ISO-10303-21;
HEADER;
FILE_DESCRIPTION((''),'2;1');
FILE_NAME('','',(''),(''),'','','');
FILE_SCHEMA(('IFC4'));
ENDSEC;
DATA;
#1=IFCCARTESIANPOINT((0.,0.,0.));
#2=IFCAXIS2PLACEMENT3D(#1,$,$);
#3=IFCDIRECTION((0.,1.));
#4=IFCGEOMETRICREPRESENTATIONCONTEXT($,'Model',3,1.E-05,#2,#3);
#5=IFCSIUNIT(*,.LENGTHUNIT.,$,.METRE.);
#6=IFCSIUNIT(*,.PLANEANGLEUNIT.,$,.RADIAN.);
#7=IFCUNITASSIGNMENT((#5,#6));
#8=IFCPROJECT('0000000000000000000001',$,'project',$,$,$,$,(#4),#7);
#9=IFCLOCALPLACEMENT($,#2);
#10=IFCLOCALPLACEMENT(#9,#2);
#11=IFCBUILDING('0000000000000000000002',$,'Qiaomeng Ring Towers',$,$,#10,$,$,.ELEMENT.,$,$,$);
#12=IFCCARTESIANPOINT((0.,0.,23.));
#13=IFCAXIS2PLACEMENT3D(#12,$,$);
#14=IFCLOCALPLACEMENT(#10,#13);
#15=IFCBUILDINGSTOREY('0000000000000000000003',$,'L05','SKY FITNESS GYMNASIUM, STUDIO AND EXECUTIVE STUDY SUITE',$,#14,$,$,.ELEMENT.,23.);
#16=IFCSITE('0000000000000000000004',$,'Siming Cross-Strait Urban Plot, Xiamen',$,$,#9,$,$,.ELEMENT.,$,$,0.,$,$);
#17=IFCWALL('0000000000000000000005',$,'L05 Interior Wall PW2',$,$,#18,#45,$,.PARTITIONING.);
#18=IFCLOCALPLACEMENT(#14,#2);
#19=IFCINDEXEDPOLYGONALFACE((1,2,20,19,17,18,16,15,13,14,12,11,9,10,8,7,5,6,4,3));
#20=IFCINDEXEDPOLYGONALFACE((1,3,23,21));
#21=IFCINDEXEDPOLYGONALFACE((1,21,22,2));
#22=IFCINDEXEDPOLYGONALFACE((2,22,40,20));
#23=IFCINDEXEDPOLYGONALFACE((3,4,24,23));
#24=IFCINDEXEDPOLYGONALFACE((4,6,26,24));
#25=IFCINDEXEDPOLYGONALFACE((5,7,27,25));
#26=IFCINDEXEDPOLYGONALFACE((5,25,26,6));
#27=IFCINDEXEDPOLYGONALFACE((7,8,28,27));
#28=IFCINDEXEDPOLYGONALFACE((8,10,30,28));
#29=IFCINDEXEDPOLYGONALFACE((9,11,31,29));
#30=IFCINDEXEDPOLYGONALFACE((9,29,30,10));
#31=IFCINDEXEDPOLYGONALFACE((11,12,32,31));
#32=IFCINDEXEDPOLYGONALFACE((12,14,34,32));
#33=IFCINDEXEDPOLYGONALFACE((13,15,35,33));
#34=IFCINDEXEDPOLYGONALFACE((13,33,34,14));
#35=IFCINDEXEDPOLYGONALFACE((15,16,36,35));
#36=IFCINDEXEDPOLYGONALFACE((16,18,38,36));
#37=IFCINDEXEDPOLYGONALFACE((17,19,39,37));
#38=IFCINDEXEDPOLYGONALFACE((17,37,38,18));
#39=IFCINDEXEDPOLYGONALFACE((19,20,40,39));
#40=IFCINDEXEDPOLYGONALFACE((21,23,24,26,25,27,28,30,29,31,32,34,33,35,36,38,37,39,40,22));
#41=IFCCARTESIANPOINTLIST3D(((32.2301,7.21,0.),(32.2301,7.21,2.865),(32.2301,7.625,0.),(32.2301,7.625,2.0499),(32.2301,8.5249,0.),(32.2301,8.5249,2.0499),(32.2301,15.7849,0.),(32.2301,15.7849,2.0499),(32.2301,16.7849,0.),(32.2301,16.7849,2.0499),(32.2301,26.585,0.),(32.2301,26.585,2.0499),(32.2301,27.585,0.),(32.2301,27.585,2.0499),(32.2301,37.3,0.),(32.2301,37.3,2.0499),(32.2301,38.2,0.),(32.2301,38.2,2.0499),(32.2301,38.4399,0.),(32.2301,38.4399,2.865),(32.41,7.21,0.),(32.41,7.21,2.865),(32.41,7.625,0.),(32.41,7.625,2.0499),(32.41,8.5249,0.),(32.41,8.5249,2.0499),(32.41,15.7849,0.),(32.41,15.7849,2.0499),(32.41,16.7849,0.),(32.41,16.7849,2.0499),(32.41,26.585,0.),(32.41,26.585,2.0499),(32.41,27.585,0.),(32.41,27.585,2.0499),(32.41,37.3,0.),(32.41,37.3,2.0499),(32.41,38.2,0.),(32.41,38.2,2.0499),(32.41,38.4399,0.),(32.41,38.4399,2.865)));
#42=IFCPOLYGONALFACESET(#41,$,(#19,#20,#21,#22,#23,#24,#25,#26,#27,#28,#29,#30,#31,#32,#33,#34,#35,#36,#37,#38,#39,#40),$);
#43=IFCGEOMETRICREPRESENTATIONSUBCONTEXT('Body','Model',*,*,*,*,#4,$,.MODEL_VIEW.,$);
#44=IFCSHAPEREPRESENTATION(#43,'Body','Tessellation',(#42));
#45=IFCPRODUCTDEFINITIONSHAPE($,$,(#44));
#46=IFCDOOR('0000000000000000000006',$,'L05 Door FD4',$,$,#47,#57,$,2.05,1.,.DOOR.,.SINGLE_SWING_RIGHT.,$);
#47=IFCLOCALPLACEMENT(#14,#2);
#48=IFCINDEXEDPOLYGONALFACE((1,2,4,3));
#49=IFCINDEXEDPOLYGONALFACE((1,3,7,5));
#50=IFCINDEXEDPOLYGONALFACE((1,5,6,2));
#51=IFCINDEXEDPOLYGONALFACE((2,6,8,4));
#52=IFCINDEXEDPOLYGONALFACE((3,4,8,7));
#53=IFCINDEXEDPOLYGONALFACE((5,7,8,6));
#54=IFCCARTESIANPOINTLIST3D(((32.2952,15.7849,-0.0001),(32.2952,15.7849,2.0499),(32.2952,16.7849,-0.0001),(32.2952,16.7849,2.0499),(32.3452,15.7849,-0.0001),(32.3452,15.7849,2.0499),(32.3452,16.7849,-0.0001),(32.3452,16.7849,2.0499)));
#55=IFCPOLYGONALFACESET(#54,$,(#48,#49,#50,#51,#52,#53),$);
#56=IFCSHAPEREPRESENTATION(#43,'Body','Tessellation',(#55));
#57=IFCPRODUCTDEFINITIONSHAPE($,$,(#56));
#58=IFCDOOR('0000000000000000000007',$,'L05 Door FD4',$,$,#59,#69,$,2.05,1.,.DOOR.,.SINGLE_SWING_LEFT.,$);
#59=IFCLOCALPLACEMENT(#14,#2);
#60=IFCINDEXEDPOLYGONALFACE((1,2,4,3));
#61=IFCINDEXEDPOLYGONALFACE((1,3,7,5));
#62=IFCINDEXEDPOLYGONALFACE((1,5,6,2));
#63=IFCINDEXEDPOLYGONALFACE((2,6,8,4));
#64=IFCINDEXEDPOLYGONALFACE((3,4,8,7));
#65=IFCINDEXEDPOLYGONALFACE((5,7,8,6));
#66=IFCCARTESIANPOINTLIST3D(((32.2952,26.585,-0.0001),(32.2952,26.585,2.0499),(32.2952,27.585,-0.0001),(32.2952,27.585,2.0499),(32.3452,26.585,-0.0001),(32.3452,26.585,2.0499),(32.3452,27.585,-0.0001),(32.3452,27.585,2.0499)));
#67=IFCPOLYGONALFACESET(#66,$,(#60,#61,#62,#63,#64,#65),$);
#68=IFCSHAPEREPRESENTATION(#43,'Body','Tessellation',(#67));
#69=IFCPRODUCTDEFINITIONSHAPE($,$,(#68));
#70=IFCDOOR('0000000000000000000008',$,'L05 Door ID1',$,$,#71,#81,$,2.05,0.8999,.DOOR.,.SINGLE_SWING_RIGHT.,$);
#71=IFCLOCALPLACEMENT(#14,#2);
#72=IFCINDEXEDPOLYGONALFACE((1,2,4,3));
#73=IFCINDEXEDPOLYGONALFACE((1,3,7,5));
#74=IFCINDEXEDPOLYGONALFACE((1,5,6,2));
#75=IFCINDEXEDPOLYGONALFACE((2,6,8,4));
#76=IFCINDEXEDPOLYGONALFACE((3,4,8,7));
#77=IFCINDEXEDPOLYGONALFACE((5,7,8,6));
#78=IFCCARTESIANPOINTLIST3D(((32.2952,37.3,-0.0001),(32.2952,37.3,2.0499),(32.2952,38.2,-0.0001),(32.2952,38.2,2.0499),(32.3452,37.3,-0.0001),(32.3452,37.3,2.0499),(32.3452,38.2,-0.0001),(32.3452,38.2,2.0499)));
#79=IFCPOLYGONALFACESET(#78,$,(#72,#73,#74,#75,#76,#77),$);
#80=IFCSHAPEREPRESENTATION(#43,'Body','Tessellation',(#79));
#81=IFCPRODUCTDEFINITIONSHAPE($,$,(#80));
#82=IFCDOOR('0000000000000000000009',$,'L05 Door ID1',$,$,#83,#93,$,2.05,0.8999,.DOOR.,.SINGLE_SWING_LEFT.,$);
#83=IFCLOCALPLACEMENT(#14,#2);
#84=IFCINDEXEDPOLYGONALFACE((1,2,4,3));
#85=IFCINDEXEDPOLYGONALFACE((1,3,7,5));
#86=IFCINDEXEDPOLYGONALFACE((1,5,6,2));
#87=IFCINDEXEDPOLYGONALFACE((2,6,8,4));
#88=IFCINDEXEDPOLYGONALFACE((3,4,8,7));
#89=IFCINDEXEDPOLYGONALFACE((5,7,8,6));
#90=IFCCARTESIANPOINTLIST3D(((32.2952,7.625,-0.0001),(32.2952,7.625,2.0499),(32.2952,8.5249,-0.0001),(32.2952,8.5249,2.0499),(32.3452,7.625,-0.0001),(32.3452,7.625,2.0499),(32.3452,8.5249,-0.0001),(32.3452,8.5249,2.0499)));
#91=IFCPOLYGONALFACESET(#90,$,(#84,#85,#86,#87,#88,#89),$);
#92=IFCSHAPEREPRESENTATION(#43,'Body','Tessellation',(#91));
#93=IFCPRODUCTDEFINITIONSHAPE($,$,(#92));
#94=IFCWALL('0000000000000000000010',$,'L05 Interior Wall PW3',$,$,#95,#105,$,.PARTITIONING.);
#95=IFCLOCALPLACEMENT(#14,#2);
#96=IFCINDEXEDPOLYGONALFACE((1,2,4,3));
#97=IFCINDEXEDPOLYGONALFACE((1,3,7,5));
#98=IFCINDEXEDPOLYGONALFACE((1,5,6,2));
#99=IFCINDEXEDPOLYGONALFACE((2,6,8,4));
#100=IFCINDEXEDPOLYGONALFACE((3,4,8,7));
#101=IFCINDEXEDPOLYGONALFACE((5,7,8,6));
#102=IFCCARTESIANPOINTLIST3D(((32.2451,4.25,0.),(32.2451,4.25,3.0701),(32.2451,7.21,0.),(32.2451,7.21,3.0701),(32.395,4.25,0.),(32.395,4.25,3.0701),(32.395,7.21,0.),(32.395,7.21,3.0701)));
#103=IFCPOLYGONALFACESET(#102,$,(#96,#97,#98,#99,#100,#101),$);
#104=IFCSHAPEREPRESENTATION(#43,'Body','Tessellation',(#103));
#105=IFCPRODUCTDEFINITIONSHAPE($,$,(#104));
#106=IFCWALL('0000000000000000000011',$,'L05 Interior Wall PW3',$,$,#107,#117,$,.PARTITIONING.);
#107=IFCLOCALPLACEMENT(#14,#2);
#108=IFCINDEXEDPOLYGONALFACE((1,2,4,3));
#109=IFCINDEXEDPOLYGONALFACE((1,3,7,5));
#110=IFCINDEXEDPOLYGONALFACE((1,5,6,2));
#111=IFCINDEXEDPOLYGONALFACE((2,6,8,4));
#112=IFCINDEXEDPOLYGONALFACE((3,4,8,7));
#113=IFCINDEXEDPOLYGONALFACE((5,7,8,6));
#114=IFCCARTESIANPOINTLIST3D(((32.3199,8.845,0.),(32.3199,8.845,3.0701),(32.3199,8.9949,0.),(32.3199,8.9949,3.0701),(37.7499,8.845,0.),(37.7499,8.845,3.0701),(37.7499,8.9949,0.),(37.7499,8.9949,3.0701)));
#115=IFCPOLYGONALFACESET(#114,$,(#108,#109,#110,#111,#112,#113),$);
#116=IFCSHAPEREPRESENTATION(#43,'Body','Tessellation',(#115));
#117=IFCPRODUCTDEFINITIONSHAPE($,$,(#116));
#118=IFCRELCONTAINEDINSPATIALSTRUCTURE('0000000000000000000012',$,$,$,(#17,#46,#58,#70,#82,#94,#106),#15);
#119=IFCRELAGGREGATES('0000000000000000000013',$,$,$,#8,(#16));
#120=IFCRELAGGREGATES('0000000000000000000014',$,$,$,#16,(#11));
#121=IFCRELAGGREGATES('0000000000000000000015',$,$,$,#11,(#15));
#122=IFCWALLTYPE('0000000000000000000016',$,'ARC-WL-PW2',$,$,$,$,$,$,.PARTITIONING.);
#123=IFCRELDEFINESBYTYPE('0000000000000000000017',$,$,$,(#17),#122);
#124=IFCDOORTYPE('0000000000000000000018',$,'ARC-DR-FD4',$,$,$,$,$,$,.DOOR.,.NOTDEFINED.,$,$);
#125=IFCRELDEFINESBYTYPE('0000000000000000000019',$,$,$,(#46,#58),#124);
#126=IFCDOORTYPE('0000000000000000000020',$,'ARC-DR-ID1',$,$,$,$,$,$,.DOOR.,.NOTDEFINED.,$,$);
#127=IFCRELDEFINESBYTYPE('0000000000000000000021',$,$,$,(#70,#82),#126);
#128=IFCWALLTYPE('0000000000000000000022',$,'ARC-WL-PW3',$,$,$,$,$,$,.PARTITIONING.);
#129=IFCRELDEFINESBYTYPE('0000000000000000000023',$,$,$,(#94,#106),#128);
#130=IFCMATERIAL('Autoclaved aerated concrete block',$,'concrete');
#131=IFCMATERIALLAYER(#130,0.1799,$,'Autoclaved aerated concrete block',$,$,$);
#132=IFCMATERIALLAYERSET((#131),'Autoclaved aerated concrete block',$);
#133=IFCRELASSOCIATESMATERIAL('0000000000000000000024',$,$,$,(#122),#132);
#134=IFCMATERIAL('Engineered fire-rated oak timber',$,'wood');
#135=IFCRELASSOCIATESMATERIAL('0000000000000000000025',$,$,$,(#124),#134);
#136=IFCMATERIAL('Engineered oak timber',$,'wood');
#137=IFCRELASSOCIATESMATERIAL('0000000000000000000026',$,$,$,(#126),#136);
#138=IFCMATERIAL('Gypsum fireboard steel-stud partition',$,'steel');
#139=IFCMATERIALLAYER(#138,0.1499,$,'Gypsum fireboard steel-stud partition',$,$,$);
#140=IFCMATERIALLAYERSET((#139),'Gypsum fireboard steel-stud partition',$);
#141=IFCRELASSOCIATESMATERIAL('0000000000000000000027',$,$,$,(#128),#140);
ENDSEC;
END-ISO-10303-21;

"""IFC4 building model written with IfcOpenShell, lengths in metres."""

from ifc_helpers import new_model, si_unit, direction, frame, frame_2d, origin, place, context, subcontext, project, spatial, rectangle, extrude, source, transform, mapped, material, layer, layer_set, type_object, element, fill, save


model = new_model("IFC4")

# Units and contexts
model_context = context("Model", 3, precision=1e-05, world=origin(), true_north=direction((0.0, 1.0)))
body_context = subcontext(model_context, "Body", "Model", "MODEL_VIEW")
ifc_project = project(units=[si_unit("LENGTHUNIT", "METRE"), si_unit("PLANEANGLEUNIT", "RADIAN")], contexts=[model_context])

# Site, building, storey
site_placement = place(None, origin())
site = spatial("IfcSite", under=ifc_project, at=site_placement, Name="Siming Cross-Strait Urban Plot, Xiamen", CompositionType="ELEMENT", RefElevation=0.0)
building_placement = place(site_placement, origin())
building = spatial("IfcBuilding", under=site, at=building_placement, Name="Qiaomeng Ring Towers", CompositionType="ELEMENT")
storey_placement = place(building_placement, frame((0.0, 0.0, 23.0)))
storey = spatial("IfcBuildingStorey", under=building, at=storey_placement, Name="L05", Description="SKY FITNESS GYMNASIUM, STUDIO AND EXECUTIVE STUDY SUITE", CompositionType="ELEMENT", Elevation=23.0)

# Wall, openings, doors
ifc_material_1 = material(Name="Autoclaved aerated concrete block", Category="concrete")
ifc_layer_1 = layer(ifc_material_1, 0.1799, Name="Autoclaved aerated concrete block")
ifc_layer_set_1 = layer_set([ifc_layer_1], Name="Autoclaved aerated concrete block")
wall_type_1 = type_object("IfcWallType", Name="ARC-WL-PW2", PredefinedType="PARTITIONING", material=ifc_layer_set_1)
wall_1_placement = place(storey_placement, frame((32.3201, 7.21, 0.0), z_axis=(0.0, 0.0, 1.0), x_axis=(0.0, 1.0, 0.0)))
wall_1 = element("IfcWall", 1, at=wall_1_placement, inside=storey, type_object=wall_type_1, Name="L05 Interior Wall PW2", PredefinedType="PARTITIONING", context=body_context, shape_type="SweptSolid", body=[
    extrude(rectangle(XDim=31.23, YDim=0.1799, at=frame_2d((15.615, 0.0))), origin(), (0.0, 0.0, 1.0), 2.865),
])
opening_1_placement = place(wall_1_placement, frame((30.0901, 0.0, 0.0)))
opening_1 = element("IfcOpeningElement", 2, at=opening_1_placement, cuts=wall_1, PredefinedType="OPENING", context=body_context, shape_type="SweptSolid", body=[
    extrude(rectangle(XDim=0.8999, YDim=2.05, at=frame_2d((0.45, 1.0249))), frame((0.0, 0.0999, 0.0), z_axis=(0.0, -1.0, 0.0), x_axis=(1.0, 0.0, 0.0)), (0.0, 0.0, 1.0), 0.2),
])
opening_2_placement = place(wall_1_placement, frame((0.415, 0.0, 0.0)))
opening_2 = element("IfcOpeningElement", 3, at=opening_2_placement, cuts=wall_1, PredefinedType="OPENING", context=body_context, shape_type="SweptSolid", body=[
    extrude(rectangle(XDim=0.8999, YDim=2.05, at=frame_2d((0.45, 1.0249))), frame((0.0, 0.0999, 0.0), z_axis=(0.0, -1.0, 0.0), x_axis=(1.0, 0.0, 0.0)), (0.0, 0.0, 1.0), 0.2),
])
opening_3_placement = place(wall_1_placement, frame((8.575, 0.0, 0.0)))
opening_3 = element("IfcOpeningElement", 4, at=opening_3_placement, cuts=wall_1, PredefinedType="OPENING", context=body_context, shape_type="SweptSolid", body=[
    extrude(rectangle(XDim=1.0, YDim=2.05, at=frame_2d((0.5, 1.0249))), frame((0.0, 0.0999, 0.0), z_axis=(0.0, -1.0, 0.0), x_axis=(1.0, 0.0, 0.0)), (0.0, 0.0, 1.0), 0.2),
])
opening_4_placement = place(wall_1_placement, frame((19.375, 0.0, 0.0)))
opening_4 = element("IfcOpeningElement", 5, at=opening_4_placement, cuts=wall_1, PredefinedType="OPENING", context=body_context, shape_type="SweptSolid", body=[
    extrude(rectangle(XDim=1.0, YDim=2.05, at=frame_2d((0.5, 1.0249))), frame((0.0, 0.0999, 0.0), z_axis=(0.0, -1.0, 0.0), x_axis=(1.0, 0.0, 0.0)), (0.0, 0.0, 1.0), 0.2),
])
ifc_material_2 = material(Name="Engineered fire-rated oak timber", Category="wood")
door_type_1 = type_object("IfcDoorType", Name="ARC-DR-FD4", OperationType="NOTDEFINED", PredefinedType="DOOR", material=ifc_material_2)
shared_shape_1 = source(origin(), body_context, "Body", "SweptSolid", [
    extrude(rectangle(XDim=1.0, YDim=2.05, at=frame_2d((0.5, 1.0249))), frame((0.0, 0.0249, 0.0), z_axis=(0.0, -1.0, 0.0), x_axis=(1.0, 0.0, 0.0)), (0.0, 0.0, 1.0), 0.05),
])
door_1_placement = place(opening_3_placement, origin())
door_1 = element("IfcDoor", 6, at=door_1_placement, inside=storey, type_object=door_type_1, Name="L05 Door FD4", OperationType="SINGLE_SWING_RIGHT", OverallHeight=2.05, OverallWidth=1.0, PredefinedType="DOOR", context=body_context, shape_type="MappedRepresentation", body=[
    mapped(shared_shape_1, transform((0.0, 0.0, 0.0), x_axis=(1.0, 0.0, 0.0), y_axis=(0.0, 1.0, 0.0), z_axis=(0.0, 0.0, 1.0), scale=1.0)),
])
fill(opening_3, door_1)
door_2_placement = place(opening_4_placement, origin())
door_2 = element("IfcDoor", 7, at=door_2_placement, inside=storey, type_object=door_type_1, Name="L05 Door FD4", OperationType="SINGLE_SWING_LEFT", OverallHeight=2.05, OverallWidth=1.0, PredefinedType="DOOR", context=body_context, shape_type="MappedRepresentation", body=[
    mapped(shared_shape_1, transform((0.0, 0.0, 0.0), x_axis=(1.0, 0.0, 0.0), y_axis=(0.0, 1.0, 0.0), z_axis=(0.0, 0.0, 1.0), scale=1.0)),
])
fill(opening_4, door_2)
ifc_material_3 = material(Name="Engineered oak timber", Category="wood")
door_type_2 = type_object("IfcDoorType", Name="ARC-DR-ID1", OperationType="NOTDEFINED", PredefinedType="DOOR", material=ifc_material_3)
shared_shape_2 = source(origin(), body_context, "Body", "SweptSolid", [
    extrude(rectangle(XDim=0.8999, YDim=2.05, at=frame_2d((0.45, 1.0249))), frame((0.0, 0.0249, 0.0), z_axis=(0.0, -1.0, 0.0), x_axis=(1.0, 0.0, 0.0)), (0.0, 0.0, 1.0), 0.05),
])
door_3_placement = place(opening_1_placement, origin())
door_3 = element("IfcDoor", 8, at=door_3_placement, inside=storey, type_object=door_type_2, Name="L05 Door ID1", OperationType="SINGLE_SWING_RIGHT", OverallHeight=2.05, OverallWidth=0.8999, PredefinedType="DOOR", context=body_context, shape_type="MappedRepresentation", body=[
    mapped(shared_shape_2, transform((0.0, 0.0, 0.0), x_axis=(1.0, 0.0, 0.0), y_axis=(0.0, 1.0, 0.0), z_axis=(0.0, 0.0, 1.0), scale=1.0)),
])
fill(opening_1, door_3)
door_4_placement = place(opening_2_placement, origin())
door_4 = element("IfcDoor", 9, at=door_4_placement, inside=storey, type_object=door_type_2, Name="L05 Door ID1", OperationType="SINGLE_SWING_LEFT", OverallHeight=2.05, OverallWidth=0.8999, PredefinedType="DOOR", context=body_context, shape_type="MappedRepresentation", body=[
    mapped(shared_shape_2, transform((0.0, 0.0, 0.0), x_axis=(1.0, 0.0, 0.0), y_axis=(0.0, 1.0, 0.0), z_axis=(0.0, 0.0, 1.0), scale=1.0)),
])
fill(opening_2, door_4)

# Walls
ifc_material_4 = material(Name="Gypsum fireboard steel-stud partition", Category="steel")
ifc_layer_2 = layer(ifc_material_4, 0.1499, Name="Gypsum fireboard steel-stud partition")
ifc_layer_set_2 = layer_set([ifc_layer_2], Name="Gypsum fireboard steel-stud partition")
wall_type_2 = type_object("IfcWallType", Name="ARC-WL-PW3", PredefinedType="PARTITIONING", material=ifc_layer_set_2)
wall_2_placement = place(storey_placement, frame((32.3201, 4.25, 0.0), z_axis=(0.0, 0.0, 1.0), x_axis=(0.0, 1.0, 0.0)))
element("IfcWall", 10, at=wall_2_placement, inside=storey, type_object=wall_type_2, Name="L05 Interior Wall PW3", PredefinedType="PARTITIONING", context=body_context, shape_type="SweptSolid", body=[
    extrude(rectangle(XDim=2.96, YDim=0.1499, at=frame_2d((1.48, 0.0))), origin(), (0.0, 0.0, 1.0), 3.0701),
])
wall_3_placement = place(storey_placement, frame((32.3201, 8.9199, 0.0), z_axis=(0.0, 0.0, 1.0), x_axis=(1.0, 0.0, 0.0)))
element("IfcWall", 11, at=wall_3_placement, inside=storey, type_object=wall_type_2, Name="L05 Interior Wall PW3", PredefinedType="PARTITIONING", context=body_context, shape_type="SweptSolid", body=[
    extrude(rectangle(XDim=5.4299, YDim=0.1499, at=frame_2d((2.7148, 0.0))), origin(), (0.0, 0.0, 1.0), 3.0701),
])

save(model, "model.ifc")
